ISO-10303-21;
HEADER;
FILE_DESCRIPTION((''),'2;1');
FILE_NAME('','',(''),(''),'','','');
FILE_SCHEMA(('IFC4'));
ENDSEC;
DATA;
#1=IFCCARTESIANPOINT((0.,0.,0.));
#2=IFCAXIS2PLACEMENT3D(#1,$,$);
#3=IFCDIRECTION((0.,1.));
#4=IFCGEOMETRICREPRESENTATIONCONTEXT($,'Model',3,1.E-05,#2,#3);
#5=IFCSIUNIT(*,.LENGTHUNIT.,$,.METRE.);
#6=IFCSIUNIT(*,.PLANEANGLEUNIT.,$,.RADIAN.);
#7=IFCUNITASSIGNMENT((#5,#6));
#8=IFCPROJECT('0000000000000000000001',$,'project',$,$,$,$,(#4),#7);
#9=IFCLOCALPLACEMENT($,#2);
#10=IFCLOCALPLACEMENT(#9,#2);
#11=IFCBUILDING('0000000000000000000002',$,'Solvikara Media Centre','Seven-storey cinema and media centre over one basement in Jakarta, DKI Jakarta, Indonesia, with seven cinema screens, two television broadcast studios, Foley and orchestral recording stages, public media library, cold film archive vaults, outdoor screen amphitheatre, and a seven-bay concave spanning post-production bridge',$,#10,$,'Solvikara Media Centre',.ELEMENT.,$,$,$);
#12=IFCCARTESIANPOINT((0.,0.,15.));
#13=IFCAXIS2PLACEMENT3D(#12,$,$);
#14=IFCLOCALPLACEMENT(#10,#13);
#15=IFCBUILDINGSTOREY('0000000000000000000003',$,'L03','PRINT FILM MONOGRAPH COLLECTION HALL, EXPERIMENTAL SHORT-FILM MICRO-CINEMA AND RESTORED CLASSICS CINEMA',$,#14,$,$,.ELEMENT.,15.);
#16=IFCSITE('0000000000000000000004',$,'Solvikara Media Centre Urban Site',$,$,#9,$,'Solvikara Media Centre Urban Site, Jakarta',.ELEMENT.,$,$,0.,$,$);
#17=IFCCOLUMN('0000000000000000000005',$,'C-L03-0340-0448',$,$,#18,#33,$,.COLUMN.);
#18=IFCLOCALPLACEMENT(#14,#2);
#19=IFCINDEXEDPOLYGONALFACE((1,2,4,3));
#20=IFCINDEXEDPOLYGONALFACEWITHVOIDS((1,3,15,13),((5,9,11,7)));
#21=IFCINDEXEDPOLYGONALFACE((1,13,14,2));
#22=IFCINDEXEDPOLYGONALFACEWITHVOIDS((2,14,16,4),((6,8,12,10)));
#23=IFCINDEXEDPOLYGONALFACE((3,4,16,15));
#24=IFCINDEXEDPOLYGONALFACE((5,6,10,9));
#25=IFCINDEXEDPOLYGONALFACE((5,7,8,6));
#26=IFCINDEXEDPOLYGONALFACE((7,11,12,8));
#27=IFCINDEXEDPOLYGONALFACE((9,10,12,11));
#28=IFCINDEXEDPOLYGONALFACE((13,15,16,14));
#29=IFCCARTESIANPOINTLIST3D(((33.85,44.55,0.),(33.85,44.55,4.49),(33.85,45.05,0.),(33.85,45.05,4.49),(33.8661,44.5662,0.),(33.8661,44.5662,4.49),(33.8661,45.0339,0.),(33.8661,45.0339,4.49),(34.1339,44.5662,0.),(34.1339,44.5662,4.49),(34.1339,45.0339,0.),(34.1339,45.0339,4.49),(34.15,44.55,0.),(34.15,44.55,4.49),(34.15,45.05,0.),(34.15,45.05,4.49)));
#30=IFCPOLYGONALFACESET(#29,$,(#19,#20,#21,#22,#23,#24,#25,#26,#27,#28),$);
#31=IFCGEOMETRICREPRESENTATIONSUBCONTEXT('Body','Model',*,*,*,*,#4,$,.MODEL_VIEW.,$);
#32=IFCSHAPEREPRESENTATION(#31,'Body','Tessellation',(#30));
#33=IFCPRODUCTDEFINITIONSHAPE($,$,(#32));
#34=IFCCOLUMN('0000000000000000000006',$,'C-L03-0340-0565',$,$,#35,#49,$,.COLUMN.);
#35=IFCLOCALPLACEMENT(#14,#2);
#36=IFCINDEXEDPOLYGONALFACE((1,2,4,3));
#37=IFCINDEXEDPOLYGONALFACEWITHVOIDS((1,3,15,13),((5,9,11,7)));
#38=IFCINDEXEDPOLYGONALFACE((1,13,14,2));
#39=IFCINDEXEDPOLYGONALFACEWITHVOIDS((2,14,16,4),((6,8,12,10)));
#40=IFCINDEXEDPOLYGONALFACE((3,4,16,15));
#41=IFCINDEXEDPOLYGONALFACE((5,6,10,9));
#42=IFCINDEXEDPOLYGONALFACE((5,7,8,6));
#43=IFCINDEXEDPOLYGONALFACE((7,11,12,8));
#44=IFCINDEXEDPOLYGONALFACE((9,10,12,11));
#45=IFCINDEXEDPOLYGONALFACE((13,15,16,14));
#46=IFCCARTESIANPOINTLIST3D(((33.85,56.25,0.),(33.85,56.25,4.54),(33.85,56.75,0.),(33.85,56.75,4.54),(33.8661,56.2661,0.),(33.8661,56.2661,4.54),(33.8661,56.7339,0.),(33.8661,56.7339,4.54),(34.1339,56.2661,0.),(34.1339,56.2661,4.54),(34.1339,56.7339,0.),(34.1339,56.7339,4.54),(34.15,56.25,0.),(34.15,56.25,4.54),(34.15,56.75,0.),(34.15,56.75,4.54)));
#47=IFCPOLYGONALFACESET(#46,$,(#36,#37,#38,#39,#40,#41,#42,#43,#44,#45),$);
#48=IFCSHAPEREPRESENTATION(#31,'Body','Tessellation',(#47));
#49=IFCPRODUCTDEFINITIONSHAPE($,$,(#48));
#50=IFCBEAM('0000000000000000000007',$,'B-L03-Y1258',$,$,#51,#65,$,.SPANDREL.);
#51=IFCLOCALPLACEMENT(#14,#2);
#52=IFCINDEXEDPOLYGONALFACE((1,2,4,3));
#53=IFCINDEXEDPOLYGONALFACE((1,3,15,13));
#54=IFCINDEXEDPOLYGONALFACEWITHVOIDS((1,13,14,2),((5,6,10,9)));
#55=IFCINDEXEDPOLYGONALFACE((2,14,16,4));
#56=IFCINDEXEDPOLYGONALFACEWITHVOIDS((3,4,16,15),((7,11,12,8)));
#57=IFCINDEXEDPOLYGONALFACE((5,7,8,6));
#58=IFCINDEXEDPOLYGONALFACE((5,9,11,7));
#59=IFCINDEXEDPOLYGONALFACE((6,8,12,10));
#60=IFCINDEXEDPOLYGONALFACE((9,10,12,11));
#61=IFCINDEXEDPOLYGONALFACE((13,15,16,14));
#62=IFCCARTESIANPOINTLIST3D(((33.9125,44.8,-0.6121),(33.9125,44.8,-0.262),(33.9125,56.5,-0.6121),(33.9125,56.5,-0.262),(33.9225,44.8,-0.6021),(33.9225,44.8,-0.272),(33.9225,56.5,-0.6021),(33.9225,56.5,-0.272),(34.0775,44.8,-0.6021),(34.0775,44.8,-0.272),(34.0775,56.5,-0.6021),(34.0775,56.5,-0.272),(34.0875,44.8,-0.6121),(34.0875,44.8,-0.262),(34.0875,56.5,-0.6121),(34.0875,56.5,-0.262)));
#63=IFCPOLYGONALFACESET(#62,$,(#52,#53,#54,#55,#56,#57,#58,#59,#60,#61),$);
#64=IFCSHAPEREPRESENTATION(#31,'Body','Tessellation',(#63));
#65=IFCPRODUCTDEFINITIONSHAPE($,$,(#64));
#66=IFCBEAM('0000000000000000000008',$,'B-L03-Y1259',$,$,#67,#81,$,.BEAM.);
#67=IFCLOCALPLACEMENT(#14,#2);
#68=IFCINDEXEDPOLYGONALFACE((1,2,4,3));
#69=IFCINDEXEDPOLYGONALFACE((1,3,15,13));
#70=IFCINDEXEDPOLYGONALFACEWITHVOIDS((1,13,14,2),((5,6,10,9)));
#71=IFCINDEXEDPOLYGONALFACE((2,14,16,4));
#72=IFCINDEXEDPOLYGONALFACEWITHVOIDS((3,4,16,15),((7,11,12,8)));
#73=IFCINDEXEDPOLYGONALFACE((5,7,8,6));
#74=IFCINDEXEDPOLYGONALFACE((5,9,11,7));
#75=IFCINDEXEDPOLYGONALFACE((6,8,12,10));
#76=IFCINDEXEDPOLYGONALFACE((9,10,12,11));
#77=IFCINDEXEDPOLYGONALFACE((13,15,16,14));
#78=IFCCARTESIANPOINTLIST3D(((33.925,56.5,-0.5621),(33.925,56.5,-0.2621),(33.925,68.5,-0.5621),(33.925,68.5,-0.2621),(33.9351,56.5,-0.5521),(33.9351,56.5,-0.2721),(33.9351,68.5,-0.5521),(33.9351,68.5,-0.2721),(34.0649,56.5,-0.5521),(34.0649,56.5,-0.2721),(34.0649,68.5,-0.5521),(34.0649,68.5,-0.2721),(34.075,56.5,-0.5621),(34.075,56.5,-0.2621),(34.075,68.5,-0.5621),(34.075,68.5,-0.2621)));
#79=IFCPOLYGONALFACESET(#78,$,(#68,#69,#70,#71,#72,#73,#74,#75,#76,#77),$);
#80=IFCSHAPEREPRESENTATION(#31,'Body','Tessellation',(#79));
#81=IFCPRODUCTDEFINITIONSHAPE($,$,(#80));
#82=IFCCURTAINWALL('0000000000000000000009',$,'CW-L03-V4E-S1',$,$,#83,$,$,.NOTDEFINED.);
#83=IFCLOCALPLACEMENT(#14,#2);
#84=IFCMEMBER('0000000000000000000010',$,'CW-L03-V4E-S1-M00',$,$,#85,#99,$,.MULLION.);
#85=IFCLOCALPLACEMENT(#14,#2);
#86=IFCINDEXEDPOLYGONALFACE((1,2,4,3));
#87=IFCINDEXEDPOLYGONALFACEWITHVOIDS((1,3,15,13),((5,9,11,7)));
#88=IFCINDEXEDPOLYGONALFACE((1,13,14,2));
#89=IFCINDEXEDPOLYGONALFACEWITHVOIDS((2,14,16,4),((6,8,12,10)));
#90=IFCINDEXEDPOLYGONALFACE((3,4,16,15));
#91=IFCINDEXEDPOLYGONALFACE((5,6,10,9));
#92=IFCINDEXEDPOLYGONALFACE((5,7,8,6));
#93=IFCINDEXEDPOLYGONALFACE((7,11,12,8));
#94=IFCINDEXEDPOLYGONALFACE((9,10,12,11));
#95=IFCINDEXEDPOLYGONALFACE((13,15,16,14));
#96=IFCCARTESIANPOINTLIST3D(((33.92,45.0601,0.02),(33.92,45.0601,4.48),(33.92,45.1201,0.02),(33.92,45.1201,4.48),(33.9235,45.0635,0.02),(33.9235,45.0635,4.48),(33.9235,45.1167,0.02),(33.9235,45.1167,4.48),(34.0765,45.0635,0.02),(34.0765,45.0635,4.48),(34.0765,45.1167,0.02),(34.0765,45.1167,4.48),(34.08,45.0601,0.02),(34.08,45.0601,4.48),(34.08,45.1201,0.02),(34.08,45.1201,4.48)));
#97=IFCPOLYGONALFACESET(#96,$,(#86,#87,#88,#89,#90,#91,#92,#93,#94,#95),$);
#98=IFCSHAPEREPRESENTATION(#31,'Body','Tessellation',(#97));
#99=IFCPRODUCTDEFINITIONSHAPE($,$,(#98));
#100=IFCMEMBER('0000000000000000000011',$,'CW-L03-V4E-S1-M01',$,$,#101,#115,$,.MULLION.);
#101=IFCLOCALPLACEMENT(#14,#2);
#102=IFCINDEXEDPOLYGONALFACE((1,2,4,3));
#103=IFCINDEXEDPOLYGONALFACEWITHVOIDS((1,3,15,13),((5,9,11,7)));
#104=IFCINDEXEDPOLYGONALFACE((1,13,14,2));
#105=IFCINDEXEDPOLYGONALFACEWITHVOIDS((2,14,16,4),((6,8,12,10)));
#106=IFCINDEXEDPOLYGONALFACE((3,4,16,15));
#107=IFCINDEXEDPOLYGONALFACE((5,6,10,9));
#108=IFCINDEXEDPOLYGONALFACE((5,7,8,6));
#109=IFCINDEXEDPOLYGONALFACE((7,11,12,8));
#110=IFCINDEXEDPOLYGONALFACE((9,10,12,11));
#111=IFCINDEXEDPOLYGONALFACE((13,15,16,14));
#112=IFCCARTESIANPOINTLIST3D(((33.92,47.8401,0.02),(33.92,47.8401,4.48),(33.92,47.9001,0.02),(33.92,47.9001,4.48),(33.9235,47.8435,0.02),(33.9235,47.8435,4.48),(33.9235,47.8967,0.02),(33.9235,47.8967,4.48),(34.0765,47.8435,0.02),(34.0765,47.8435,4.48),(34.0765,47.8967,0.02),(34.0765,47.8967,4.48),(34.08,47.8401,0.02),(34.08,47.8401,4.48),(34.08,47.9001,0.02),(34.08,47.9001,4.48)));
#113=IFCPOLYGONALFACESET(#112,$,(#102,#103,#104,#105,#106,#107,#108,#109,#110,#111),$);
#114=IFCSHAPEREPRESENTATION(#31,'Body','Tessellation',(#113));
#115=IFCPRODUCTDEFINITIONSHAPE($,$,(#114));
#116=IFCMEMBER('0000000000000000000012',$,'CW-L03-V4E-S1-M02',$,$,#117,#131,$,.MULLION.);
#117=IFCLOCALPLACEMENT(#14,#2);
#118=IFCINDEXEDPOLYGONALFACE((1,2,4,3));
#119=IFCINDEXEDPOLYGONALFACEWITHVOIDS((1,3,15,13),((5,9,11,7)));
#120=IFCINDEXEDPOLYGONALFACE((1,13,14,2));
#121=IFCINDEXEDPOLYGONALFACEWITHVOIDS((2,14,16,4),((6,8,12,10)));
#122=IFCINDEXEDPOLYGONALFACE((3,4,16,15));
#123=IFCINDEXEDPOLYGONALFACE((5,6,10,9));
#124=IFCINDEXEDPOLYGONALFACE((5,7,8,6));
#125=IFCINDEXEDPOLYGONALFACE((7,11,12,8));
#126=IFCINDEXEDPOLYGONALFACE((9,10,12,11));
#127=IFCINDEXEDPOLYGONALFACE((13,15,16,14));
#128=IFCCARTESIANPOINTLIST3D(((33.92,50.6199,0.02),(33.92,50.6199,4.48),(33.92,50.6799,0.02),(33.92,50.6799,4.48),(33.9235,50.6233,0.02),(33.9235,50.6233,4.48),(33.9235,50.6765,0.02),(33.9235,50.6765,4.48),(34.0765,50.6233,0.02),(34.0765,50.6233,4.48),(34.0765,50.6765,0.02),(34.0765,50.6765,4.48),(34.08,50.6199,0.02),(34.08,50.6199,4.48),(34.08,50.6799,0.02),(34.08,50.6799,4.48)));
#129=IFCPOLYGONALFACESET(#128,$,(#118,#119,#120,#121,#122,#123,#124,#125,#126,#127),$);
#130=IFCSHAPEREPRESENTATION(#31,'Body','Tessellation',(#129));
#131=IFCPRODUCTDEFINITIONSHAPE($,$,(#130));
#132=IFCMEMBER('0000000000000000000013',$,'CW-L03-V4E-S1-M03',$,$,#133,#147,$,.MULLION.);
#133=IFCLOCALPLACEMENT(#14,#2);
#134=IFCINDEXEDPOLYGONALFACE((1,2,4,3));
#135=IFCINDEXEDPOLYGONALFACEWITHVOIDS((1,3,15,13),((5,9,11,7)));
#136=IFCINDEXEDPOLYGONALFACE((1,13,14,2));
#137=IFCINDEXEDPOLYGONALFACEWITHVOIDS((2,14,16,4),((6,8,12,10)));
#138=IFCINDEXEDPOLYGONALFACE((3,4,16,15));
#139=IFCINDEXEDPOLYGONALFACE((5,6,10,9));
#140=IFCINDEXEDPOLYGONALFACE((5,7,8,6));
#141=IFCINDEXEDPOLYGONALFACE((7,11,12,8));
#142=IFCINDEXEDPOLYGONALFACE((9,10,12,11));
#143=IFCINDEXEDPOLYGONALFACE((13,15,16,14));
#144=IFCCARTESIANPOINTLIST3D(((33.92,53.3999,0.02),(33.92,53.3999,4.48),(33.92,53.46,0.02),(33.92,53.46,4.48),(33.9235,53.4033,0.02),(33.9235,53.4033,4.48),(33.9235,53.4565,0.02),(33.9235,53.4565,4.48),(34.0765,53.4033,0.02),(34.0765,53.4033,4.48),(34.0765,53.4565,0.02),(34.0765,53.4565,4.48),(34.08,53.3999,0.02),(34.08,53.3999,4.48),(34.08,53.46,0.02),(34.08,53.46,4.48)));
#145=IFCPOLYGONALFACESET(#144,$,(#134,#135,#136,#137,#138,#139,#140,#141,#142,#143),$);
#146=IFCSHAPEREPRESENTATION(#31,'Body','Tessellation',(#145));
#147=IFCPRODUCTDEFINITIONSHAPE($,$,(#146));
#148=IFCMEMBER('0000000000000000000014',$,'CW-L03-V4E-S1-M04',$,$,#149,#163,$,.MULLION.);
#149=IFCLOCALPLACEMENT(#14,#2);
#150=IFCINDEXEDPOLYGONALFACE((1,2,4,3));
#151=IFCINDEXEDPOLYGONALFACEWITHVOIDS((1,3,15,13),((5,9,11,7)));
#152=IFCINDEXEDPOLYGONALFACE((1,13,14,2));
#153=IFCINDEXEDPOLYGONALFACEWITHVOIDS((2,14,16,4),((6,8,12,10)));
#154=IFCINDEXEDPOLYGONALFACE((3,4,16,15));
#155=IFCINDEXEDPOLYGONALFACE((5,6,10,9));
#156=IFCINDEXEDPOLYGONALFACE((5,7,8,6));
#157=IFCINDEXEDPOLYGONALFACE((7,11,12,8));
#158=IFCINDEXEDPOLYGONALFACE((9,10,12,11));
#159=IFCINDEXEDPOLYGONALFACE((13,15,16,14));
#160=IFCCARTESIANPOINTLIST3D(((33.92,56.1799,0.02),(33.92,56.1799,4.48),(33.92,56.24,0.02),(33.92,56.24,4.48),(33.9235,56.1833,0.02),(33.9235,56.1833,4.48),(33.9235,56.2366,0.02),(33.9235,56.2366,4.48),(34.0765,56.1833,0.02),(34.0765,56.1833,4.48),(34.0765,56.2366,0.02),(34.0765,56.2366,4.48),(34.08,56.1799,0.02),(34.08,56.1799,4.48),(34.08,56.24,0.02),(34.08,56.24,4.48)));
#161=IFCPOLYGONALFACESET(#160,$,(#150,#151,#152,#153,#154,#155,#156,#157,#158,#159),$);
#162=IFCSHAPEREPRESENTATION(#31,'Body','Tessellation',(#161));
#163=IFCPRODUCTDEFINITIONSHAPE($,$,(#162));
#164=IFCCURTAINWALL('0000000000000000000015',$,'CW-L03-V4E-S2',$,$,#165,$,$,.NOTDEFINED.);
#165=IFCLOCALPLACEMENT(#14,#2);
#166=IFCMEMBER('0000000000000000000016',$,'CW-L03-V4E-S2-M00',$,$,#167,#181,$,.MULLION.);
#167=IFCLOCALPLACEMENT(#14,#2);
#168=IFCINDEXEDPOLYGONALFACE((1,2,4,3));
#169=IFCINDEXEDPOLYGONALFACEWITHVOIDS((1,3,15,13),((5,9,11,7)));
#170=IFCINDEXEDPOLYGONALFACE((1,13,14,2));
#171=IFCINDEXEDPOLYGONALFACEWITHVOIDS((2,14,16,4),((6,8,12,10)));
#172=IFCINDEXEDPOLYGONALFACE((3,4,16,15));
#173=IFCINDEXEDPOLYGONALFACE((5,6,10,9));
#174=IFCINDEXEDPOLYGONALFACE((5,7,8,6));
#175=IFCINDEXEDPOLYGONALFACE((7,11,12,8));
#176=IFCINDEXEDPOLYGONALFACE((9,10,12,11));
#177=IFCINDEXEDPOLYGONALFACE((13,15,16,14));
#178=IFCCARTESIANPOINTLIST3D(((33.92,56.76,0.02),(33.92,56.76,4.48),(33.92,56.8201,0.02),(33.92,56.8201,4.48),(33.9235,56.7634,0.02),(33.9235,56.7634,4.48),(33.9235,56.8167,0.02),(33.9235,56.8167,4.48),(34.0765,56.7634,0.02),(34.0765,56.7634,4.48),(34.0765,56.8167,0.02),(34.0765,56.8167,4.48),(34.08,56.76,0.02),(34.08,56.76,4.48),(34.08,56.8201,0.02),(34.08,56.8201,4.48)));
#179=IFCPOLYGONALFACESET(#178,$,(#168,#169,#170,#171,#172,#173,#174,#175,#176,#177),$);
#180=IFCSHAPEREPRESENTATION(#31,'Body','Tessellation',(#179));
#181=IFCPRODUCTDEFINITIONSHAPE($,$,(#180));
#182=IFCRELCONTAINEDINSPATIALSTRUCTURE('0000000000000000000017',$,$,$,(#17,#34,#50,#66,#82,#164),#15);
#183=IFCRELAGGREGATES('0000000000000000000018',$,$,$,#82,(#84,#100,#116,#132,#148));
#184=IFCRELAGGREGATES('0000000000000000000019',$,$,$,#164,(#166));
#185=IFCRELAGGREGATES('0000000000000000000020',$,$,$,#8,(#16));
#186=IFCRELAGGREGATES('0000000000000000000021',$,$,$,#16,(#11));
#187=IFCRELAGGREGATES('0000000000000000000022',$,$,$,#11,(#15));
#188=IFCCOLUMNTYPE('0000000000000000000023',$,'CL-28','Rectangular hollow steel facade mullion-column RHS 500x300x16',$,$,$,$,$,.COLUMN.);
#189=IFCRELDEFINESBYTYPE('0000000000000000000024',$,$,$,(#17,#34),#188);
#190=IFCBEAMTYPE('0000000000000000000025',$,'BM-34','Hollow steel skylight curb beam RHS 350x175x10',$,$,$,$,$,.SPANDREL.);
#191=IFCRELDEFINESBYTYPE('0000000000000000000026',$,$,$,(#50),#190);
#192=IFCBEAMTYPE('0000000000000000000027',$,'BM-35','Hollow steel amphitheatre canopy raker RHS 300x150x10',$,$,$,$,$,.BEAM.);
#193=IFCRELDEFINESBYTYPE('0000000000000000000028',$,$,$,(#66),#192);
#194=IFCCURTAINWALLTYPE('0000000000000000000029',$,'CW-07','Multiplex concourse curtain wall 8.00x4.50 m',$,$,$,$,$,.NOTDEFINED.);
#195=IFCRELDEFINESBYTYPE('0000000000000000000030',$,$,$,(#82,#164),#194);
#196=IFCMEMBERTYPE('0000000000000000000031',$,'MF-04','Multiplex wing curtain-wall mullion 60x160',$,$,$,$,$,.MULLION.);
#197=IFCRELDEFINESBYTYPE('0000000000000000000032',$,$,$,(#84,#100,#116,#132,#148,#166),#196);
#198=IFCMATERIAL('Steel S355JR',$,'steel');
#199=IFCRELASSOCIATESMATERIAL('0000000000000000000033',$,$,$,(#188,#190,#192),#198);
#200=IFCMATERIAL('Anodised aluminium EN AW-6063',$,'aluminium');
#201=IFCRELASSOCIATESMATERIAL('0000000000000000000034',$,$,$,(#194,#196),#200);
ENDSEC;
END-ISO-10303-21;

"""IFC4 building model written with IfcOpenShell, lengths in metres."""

from ifc_helpers import new_model, si_unit, direction, frame, origin, origin_2d, place, context, subcontext, project, spatial, hollow_rectangle, extrude, material, material_profile, profile_set, type_object, element, aggregate, save


model = new_model("IFC4")

# Units and contexts
model_context = context("Model", 3, precision=1e-05, world=origin(), true_north=direction((0.0, 1.0)))
body_context = subcontext(model_context, "Body", "Model", "MODEL_VIEW")
ifc_project = project(units=[si_unit("LENGTHUNIT", "METRE"), si_unit("PLANEANGLEUNIT", "RADIAN")], contexts=[model_context])

# Site, building, storey
site_placement = place(None, origin())
site = spatial("IfcSite", under=ifc_project, at=site_placement, Name="Solvikara Media Centre Urban Site", LongName="Solvikara Media Centre Urban Site, Jakarta", CompositionType="ELEMENT", RefElevation=0.0)
building_placement = place(site_placement, origin())
building = spatial("IfcBuilding", under=site, at=building_placement, Name="Solvikara Media Centre", Description="Seven-storey cinema and media centre over one basement in Jakarta, DKI Jakarta, Indonesia, with seven cinema screens, two television broadcast studios, Foley and orchestral recording stages, public media library, cold film archive vaults, outdoor screen amphitheatre, and a seven-bay concave spanning post-production bridge", LongName="Solvikara Media Centre", CompositionType="ELEMENT")
storey_placement = place(building_placement, frame((0.0, 0.0, 15.0)))
storey = spatial("IfcBuildingStorey", under=building, at=storey_placement, Name="L03", Description="PRINT FILM MONOGRAPH COLLECTION HALL, EXPERIMENTAL SHORT-FILM MICRO-CINEMA AND RESTORED CLASSICS CINEMA", CompositionType="ELEMENT", Elevation=15.0)

# Columns
ifc_material_1 = material(Name="Steel S355JR", Category="steel")
ifc_material_profile_1 = material_profile(ifc_material_1, hollow_rectangle(XDim=0.3, YDim=0.5, WallThickness=0.0161, at=origin_2d()), Name="RHS 500x300x16")
ifc_profile_set_1 = profile_set([ifc_material_profile_1], Name="Steel S355JR")
column_type = type_object("IfcColumnType", Name="CL-28", Description="Rectangular hollow steel facade mullion-column RHS 500x300x16", PredefinedType="COLUMN", material=ifc_profile_set_1)
column_1_placement = place(storey_placement, frame((34.0, 44.8, 0.0), z_axis=(0.0, 0.0, 1.0), x_axis=(1.0, 0.0, 0.0)))
element("IfcColumn", 1, at=column_1_placement, inside=storey, type_object=column_type, Name="C-L03-0340-0448", PredefinedType="COLUMN", context=body_context, shape_type="SweptSolid", body=[
    extrude(hollow_rectangle(XDim=0.3, YDim=0.5, WallThickness=0.0161, at=origin_2d()), origin(), (0.0, 0.0, 1.0), 4.49),
])
column_2_placement = place(storey_placement, frame((34.0, 56.5, 0.0), z_axis=(0.0, 0.0, 1.0), x_axis=(1.0, 0.0, 0.0)))
element("IfcColumn", 2, at=column_2_placement, inside=storey, type_object=column_type, Name="C-L03-0340-0565", PredefinedType="COLUMN", context=body_context, shape_type="SweptSolid", body=[
    extrude(hollow_rectangle(XDim=0.3, YDim=0.5, WallThickness=0.0161, at=origin_2d()), origin(), (0.0, 0.0, 1.0), 4.54),
])

# Beams
ifc_material_profile_2 = material_profile(ifc_material_1, hollow_rectangle(XDim=0.175, YDim=0.3501, WallThickness=0.01, at=origin_2d()), Name="RHS 350x175x10")
ifc_profile_set_2 = profile_set([ifc_material_profile_2], Name="Steel S355JR")
beam_type_1 = type_object("IfcBeamType", Name="BM-34", Description="Hollow steel skylight curb beam RHS 350x175x10", PredefinedType="SPANDREL", material=ifc_profile_set_2)
beam_1_placement = place(storey_placement, frame((34.0, 44.8, -0.437), z_axis=(0.0, 1.0, 0.0), x_axis=(-1.0, 0.0, 0.0)))
element("IfcBeam", 3, at=beam_1_placement, inside=storey, type_object=beam_type_1, Name="B-L03-Y1258", PredefinedType="SPANDREL", context=body_context, shape_type="SweptSolid", body=[
    extrude(hollow_rectangle(XDim=0.175, YDim=0.3501, WallThickness=0.01, at=origin_2d()), origin(), (0.0, 0.0, 1.0), 11.7),
])
ifc_material_profile_3 = material_profile(ifc_material_1, hollow_rectangle(XDim=0.1499, YDim=0.3, WallThickness=0.01, at=origin_2d()), Name="RHS 300x150x10")
ifc_profile_set_3 = profile_set([ifc_material_profile_3], Name="Steel S355JR")
beam_type_2 = type_object("IfcBeamType", Name="BM-35", Description="Hollow steel amphitheatre canopy raker RHS 300x150x10", PredefinedType="BEAM", material=ifc_profile_set_3)
beam_2_placement = place(storey_placement, frame((34.0, 56.5, -0.4121), z_axis=(0.0, 1.0, 0.0), x_axis=(-1.0, 0.0, 0.0)))
element("IfcBeam", 4, at=beam_2_placement, inside=storey, type_object=beam_type_2, Name="B-L03-Y1259", PredefinedType="BEAM", context=body_context, shape_type="SweptSolid", body=[
    extrude(hollow_rectangle(XDim=0.1499, YDim=0.3, WallThickness=0.01, at=origin_2d()), origin(), (0.0, 0.0, 1.0), 12.0),
])

# Curtain walls, members
ifc_material_2 = material(Name="Anodised aluminium EN AW-6063", Category="aluminium")
curtain_wall_type = type_object("IfcCurtainWallType", Name="CW-07", Description="Multiplex concourse curtain wall 8.00x4.50 m", PredefinedType="NOTDEFINED", material=ifc_material_2)
curtain_wall_1_placement = place(storey_placement, origin())
curtain_wall_1 = element("IfcCurtainWall", 5, at=curtain_wall_1_placement, inside=storey, type_object=curtain_wall_type, Name="CW-L03-V4E-S1", PredefinedType="NOTDEFINED")
ifc_material_profile_4 = material_profile(ifc_material_2, hollow_rectangle(XDim=0.0601, YDim=0.1599, WallThickness=0.0034, at=origin_2d()), Name="ALU-M 60x160x3.5")
ifc_profile_set_4 = profile_set([ifc_material_profile_4], Name="Anodised aluminium EN AW-6063")
member_type_1 = type_object("IfcMemberType", Name="MF-04", Description="Multiplex wing curtain-wall mullion 60x160", PredefinedType="MULLION", material=ifc_profile_set_4)
member_1_placement = place(storey_placement, frame((34.0, 45.0901, 0.02), z_axis=(0.0, 0.0, 1.0), x_axis=(0.0, 1.0, 0.0)))
member_1 = element("IfcMember", 6, at=member_1_placement, type_object=member_type_1, Name="CW-L03-V4E-S1-M00", PredefinedType="MULLION", context=body_context, shape_type="SweptSolid", body=[
    extrude(hollow_rectangle(XDim=0.0601, YDim=0.1599, WallThickness=0.0034, at=origin_2d()), origin(), (0.0, 0.0, 1.0), 4.46),
])
member_2_placement = place(storey_placement, frame((34.0, 47.8701, 0.02), z_axis=(0.0, 0.0, 1.0), x_axis=(0.0, 1.0, 0.0)))
member_2 = element("IfcMember", 7, at=member_2_placement, type_object=member_type_1, Name="CW-L03-V4E-S1-M01", PredefinedType="MULLION", context=body_context, shape_type="SweptSolid", body=[
    extrude(hollow_rectangle(XDim=0.0601, YDim=0.1599, WallThickness=0.0034, at=origin_2d()), origin(), (0.0, 0.0, 1.0), 4.46),
])
member_3_placement = place(storey_placement, frame((34.0, 50.6499, 0.02), z_axis=(0.0, 0.0, 1.0), x_axis=(0.0, 1.0, 0.0)))
member_3 = element("IfcMember", 8, at=member_3_placement, type_object=member_type_1, Name="CW-L03-V4E-S1-M02", PredefinedType="MULLION", context=body_context, shape_type="SweptSolid", body=[
    extrude(hollow_rectangle(XDim=0.0601, YDim=0.1599, WallThickness=0.0034, at=origin_2d()), origin(), (0.0, 0.0, 1.0), 4.46),
])
member_4_placement = place(storey_placement, frame((34.0, 53.4299, 0.02), z_axis=(0.0, 0.0, 1.0), x_axis=(0.0, 1.0, 0.0)))
member_4 = element("IfcMember", 9, at=member_4_placement, type_object=member_type_1, Name="CW-L03-V4E-S1-M03", PredefinedType="MULLION", context=body_context, shape_type="SweptSolid", body=[
    extrude(hollow_rectangle(XDim=0.0601, YDim=0.1599, WallThickness=0.0034, at=origin_2d()), origin(), (0.0, 0.0, 1.0), 4.46),
])
member_5_placement = place(storey_placement, frame((34.0, 56.21, 0.02), z_axis=(0.0, 0.0, 1.0), x_axis=(0.0, 1.0, 0.0)))
member_5 = element("IfcMember", 10, at=member_5_placement, type_object=member_type_1, Name="CW-L03-V4E-S1-M04", PredefinedType="MULLION", context=body_context, shape_type="SweptSolid", body=[
    extrude(hollow_rectangle(XDim=0.0601, YDim=0.1599, WallThickness=0.0034, at=origin_2d()), origin(), (0.0, 0.0, 1.0), 4.46),
])
curtain_wall_2_placement = place(storey_placement, origin())
curtain_wall_2 = element("IfcCurtainWall", 11, at=curtain_wall_2_placement, inside=storey, type_object=curtain_wall_type, Name="CW-L03-V4E-S2", PredefinedType="NOTDEFINED")
member_6_placement = place(storey_placement, frame((34.0, 56.79, 0.02), z_axis=(0.0, 0.0, 1.0), x_axis=(0.0, 1.0, 0.0)))
member_6 = element("IfcMember", 12, at=member_6_placement, type_object=member_type_1, Name="CW-L03-V4E-S2-M00", PredefinedType="MULLION", context=body_context, shape_type="SweptSolid", body=[
    extrude(hollow_rectangle(XDim=0.0601, YDim=0.1599, WallThickness=0.0034, at=origin_2d()), origin(), (0.0, 0.0, 1.0), 4.46),
])

aggregate(curtain_wall_1, [member_1, member_2, member_3, member_4, member_5])
aggregate(curtain_wall_2, [member_6])

save(model, "model.ifc")
